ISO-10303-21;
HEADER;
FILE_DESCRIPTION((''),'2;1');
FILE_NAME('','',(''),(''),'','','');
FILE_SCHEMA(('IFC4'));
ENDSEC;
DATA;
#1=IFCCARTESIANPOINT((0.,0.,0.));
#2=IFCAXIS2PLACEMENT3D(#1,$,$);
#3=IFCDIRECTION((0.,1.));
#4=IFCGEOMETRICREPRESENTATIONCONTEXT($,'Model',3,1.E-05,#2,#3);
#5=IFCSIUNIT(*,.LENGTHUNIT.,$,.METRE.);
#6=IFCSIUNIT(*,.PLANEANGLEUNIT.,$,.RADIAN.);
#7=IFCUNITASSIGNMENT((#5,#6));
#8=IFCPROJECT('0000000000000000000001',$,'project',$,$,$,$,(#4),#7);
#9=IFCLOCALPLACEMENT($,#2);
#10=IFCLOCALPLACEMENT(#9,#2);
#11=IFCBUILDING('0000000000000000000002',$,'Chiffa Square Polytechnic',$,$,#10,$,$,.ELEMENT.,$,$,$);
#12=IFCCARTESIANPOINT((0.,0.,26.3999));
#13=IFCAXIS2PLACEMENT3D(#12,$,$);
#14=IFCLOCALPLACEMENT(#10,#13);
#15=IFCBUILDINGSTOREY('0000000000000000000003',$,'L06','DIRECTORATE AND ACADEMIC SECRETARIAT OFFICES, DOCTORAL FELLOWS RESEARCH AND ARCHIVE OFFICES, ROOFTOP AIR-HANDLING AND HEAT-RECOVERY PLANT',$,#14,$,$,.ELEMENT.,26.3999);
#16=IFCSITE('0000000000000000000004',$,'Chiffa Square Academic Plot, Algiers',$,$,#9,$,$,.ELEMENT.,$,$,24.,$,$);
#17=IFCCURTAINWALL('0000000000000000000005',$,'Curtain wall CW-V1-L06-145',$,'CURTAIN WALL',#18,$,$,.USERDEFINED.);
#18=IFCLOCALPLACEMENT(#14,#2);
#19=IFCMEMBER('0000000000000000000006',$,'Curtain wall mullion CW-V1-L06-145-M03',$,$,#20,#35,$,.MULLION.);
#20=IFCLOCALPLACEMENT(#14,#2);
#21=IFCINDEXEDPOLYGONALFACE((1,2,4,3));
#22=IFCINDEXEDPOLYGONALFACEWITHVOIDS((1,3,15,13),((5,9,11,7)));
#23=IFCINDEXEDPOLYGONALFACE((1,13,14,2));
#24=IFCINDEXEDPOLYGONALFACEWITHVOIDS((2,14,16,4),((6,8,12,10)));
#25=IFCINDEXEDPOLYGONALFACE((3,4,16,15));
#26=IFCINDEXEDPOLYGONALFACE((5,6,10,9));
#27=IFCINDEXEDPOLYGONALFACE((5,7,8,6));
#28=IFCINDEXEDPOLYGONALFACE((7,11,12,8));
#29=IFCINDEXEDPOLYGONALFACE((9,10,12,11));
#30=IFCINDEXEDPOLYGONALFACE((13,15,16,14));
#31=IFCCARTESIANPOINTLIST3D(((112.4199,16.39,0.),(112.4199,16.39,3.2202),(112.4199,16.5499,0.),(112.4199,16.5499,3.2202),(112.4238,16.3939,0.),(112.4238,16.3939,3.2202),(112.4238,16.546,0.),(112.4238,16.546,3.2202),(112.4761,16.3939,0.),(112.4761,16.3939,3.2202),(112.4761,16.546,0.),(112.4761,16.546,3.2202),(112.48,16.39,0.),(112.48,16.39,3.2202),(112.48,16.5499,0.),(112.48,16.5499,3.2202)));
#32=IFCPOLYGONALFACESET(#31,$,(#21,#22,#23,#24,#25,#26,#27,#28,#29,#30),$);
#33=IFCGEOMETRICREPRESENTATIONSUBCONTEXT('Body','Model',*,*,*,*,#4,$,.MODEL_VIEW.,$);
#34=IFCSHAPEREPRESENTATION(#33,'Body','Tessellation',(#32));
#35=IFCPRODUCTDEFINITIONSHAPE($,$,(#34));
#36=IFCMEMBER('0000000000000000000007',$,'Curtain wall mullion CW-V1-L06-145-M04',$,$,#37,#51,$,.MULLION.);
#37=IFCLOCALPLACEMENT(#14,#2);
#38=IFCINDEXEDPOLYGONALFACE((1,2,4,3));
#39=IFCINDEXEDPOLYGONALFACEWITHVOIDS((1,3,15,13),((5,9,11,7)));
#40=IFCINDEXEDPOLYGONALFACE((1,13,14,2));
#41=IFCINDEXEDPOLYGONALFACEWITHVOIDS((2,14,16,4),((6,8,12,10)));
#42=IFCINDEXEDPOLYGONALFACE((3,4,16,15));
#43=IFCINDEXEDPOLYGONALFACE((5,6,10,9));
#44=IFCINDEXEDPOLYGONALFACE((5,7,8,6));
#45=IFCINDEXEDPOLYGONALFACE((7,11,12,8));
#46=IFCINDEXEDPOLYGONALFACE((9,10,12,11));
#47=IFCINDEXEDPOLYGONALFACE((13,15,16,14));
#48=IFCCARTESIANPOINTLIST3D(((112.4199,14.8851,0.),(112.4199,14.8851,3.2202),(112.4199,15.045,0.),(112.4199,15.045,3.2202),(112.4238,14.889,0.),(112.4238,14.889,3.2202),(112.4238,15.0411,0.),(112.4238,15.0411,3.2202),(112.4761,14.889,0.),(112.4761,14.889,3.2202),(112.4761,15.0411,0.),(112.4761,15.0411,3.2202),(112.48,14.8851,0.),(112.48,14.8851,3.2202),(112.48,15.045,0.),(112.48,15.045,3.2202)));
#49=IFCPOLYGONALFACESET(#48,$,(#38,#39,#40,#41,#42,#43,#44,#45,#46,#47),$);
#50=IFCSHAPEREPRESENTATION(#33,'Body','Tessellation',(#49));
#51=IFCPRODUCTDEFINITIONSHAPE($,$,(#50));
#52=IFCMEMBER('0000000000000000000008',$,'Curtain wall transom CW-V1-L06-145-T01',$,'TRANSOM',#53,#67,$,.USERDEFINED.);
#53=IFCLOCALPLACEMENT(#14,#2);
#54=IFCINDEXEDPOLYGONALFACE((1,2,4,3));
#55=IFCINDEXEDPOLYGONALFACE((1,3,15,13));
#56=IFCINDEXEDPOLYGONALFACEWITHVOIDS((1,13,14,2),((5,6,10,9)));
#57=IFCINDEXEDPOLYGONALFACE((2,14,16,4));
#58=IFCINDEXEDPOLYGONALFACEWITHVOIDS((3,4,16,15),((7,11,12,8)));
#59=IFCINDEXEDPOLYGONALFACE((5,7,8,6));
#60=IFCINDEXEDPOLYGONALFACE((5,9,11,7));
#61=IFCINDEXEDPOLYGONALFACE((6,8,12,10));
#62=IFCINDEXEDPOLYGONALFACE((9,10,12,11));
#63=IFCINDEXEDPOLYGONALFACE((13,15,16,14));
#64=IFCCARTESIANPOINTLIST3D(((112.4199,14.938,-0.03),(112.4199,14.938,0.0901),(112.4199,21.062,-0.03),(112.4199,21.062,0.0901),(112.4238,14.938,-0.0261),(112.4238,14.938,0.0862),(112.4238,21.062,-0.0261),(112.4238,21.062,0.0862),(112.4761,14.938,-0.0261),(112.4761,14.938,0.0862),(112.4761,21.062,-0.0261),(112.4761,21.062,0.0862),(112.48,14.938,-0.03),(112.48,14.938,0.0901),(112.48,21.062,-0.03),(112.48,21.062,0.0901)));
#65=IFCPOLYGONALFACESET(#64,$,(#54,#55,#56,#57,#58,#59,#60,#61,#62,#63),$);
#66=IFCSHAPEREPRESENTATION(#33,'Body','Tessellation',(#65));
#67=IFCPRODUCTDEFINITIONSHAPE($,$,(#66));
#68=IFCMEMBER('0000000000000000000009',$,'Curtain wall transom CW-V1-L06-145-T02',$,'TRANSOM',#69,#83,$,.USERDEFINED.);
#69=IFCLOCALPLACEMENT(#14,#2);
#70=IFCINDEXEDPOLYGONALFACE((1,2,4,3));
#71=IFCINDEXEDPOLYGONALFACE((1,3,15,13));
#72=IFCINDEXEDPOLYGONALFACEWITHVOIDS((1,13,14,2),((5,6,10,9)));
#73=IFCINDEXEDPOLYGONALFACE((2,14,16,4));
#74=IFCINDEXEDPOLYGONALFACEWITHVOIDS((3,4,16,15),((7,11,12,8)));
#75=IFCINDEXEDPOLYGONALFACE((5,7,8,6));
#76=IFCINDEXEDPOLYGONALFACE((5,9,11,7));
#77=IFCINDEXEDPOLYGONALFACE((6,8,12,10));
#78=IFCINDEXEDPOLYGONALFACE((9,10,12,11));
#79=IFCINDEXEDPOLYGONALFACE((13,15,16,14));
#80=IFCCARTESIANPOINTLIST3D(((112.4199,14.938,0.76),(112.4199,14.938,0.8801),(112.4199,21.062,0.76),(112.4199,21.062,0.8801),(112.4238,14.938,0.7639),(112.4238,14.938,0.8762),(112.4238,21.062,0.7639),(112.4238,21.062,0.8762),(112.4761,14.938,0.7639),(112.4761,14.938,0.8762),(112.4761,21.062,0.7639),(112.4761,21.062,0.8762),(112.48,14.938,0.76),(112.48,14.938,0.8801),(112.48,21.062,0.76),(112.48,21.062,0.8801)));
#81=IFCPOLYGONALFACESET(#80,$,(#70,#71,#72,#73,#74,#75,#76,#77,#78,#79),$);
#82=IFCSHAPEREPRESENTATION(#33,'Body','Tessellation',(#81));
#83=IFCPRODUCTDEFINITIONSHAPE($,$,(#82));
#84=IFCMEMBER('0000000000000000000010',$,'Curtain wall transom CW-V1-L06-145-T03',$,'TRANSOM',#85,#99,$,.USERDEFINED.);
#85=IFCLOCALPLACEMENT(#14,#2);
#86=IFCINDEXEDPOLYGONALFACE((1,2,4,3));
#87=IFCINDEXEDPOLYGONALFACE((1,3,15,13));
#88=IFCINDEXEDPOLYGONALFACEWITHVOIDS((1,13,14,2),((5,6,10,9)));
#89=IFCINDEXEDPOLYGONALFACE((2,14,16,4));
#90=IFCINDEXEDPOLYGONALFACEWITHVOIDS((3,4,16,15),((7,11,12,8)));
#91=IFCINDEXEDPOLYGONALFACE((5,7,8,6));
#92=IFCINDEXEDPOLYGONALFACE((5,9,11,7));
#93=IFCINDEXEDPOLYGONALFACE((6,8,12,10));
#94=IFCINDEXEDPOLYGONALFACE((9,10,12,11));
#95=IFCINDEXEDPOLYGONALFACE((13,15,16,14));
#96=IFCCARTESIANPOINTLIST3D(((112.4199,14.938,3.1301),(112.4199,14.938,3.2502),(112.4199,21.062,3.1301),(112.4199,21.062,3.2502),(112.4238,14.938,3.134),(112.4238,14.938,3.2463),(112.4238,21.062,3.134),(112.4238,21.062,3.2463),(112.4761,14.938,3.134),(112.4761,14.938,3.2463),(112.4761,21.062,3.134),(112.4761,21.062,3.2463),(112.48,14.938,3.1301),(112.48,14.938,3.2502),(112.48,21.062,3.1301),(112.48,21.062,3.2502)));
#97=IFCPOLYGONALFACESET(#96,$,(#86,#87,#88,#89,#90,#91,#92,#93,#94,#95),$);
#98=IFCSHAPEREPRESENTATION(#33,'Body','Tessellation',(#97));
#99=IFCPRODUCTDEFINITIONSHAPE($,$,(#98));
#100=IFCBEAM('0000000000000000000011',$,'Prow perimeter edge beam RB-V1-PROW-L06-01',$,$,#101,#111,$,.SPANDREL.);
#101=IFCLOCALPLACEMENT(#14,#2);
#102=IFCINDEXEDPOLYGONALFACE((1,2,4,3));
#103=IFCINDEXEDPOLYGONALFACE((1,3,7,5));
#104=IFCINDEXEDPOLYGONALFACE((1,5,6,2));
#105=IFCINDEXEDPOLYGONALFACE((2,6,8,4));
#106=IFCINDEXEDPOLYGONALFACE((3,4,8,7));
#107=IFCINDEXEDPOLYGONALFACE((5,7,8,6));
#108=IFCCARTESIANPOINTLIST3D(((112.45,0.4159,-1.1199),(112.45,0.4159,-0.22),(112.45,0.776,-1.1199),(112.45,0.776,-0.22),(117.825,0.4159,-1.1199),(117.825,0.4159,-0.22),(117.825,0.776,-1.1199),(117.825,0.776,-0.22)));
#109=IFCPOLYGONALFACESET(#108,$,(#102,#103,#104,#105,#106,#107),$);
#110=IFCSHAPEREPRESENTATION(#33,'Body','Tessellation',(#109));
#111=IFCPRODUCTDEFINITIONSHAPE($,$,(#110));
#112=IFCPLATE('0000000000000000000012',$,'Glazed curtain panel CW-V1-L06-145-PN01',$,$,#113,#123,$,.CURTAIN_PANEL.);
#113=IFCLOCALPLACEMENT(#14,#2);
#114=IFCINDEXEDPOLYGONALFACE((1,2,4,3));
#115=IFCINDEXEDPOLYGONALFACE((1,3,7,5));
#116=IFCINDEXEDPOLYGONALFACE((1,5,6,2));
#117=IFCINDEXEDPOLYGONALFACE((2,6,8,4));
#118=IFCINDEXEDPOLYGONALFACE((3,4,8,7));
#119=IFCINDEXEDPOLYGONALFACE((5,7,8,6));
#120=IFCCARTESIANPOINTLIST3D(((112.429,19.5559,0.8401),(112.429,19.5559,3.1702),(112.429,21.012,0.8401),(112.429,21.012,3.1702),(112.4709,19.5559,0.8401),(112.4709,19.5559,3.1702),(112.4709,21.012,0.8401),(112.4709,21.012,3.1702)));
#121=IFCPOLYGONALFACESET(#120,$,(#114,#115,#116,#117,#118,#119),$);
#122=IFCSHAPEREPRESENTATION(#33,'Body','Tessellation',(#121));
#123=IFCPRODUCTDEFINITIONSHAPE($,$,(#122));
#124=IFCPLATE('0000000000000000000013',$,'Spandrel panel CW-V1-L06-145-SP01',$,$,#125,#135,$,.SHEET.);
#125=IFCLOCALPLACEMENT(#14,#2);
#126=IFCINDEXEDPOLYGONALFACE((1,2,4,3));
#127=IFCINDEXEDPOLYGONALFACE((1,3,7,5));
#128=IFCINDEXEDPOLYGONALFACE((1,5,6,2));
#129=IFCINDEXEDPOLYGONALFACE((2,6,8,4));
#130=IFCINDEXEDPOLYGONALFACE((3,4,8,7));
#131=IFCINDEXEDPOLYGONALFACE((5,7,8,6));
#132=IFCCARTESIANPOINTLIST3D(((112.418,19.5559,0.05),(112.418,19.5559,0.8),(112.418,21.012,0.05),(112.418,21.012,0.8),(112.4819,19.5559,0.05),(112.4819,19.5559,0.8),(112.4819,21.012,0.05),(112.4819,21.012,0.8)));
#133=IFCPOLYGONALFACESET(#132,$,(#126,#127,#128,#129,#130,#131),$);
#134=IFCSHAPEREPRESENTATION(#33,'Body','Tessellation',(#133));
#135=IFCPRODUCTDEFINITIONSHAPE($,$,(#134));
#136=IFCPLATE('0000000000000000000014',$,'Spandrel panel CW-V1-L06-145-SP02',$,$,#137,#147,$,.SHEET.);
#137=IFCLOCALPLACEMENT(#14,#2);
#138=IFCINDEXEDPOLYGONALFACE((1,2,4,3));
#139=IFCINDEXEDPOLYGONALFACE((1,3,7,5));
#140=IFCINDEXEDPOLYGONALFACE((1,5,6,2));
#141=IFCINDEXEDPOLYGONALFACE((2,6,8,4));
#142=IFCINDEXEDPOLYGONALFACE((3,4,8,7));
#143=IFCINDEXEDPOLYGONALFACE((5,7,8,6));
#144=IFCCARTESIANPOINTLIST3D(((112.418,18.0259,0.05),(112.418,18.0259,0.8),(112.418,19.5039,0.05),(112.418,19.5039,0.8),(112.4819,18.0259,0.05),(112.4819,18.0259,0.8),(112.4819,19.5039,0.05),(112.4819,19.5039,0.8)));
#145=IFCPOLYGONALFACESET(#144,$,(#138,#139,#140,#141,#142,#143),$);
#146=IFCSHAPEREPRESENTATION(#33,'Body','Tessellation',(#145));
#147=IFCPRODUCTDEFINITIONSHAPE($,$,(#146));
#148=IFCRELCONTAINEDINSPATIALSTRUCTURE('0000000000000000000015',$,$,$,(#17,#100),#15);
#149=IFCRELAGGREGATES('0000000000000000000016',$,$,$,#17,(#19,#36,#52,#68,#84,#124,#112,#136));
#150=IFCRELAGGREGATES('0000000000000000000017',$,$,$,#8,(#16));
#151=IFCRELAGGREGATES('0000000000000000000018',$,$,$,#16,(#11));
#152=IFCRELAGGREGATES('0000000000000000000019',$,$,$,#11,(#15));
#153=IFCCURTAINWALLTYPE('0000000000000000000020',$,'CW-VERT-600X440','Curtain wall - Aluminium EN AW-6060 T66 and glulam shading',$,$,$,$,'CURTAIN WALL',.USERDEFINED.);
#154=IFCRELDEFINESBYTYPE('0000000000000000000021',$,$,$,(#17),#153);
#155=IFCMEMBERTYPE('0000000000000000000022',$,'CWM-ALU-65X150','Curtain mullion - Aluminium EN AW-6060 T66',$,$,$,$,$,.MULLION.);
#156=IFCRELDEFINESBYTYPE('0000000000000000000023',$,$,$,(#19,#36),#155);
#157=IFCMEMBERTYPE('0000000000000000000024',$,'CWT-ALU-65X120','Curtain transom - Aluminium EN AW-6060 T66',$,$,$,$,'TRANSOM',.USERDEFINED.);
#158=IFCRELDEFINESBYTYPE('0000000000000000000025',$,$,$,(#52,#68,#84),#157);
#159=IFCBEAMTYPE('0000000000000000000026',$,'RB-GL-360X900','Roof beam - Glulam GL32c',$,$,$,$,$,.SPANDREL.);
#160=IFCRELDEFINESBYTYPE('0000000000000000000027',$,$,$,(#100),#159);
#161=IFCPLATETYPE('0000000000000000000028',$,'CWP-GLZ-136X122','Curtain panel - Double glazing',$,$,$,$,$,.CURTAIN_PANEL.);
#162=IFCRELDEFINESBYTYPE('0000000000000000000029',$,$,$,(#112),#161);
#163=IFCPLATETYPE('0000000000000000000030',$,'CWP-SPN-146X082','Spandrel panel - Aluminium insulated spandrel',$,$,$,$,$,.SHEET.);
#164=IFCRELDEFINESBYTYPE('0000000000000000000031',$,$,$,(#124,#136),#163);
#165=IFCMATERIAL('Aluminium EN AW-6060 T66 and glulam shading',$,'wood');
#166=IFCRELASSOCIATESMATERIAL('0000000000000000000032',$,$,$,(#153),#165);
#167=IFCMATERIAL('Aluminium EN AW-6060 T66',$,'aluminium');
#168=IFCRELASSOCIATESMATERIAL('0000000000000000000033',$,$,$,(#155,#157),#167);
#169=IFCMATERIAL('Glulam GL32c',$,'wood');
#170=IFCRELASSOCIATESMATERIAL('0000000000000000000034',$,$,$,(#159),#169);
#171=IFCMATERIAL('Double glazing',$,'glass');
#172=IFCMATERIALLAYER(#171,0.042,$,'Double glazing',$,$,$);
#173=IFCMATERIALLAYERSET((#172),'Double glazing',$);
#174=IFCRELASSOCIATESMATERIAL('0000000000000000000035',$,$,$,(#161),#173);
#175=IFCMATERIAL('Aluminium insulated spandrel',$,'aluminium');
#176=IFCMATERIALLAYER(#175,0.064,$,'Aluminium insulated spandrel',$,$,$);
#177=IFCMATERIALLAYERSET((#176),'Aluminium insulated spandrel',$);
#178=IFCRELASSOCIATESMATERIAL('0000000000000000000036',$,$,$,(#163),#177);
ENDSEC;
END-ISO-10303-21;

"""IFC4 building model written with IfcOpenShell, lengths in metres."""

from ifc_helpers import new_model, si_unit, direction, frame, origin, origin_2d, place, context, subcontext, project, spatial, rectangle, hollow_rectangle, extrude, material, layer, layer_set, material_profile, profile_set, type_object, element, aggregate, save


model = new_model("IFC4")

# Units and contexts
model_context = context("Model", 3, precision=1e-05, world=origin(), true_north=direction((0.0, 1.0)))
body_context = subcontext(model_context, "Body", "Model", "MODEL_VIEW")
ifc_project = project(units=[si_unit("LENGTHUNIT", "METRE"), si_unit("PLANEANGLEUNIT", "RADIAN")], contexts=[model_context])

# Site, building, storey
site_placement = place(None, origin())
site = spatial("IfcSite", under=ifc_project, at=site_placement, Name="Chiffa Square Academic Plot, Algiers", CompositionType="ELEMENT", RefElevation=24.0)
building_placement = place(site_placement, origin())
building = spatial("IfcBuilding", under=site, at=building_placement, Name="Chiffa Square Polytechnic", CompositionType="ELEMENT")
storey_placement = place(building_placement, frame((0.0, 0.0, 26.3999)))
storey = spatial("IfcBuildingStorey", under=building, at=storey_placement, Name="L06", Description="DIRECTORATE AND ACADEMIC SECRETARIAT OFFICES, DOCTORAL FELLOWS RESEARCH AND ARCHIVE OFFICES, ROOFTOP AIR-HANDLING AND HEAT-RECOVERY PLANT", CompositionType="ELEMENT", Elevation=26.3999)

# Shared definitions
ifc_material_1 = material(Name="Glulam GL32c", Category="wood")

# Curtain wall, members
ifc_material_2 = material(Name="Aluminium EN AW-6060 T66 and glulam shading", Category="wood")
curtain_wall_type = type_object("IfcCurtainWallType", Name="CW-VERT-600X440", Description="Curtain wall - Aluminium EN AW-6060 T66 and glulam shading", ElementType="CURTAIN WALL", PredefinedType="USERDEFINED", material=ifc_material_2)
curtain_wall_placement = place(storey_placement, origin())
curtain_wall = element("IfcCurtainWall", 1, at=curtain_wall_placement, inside=storey, type_object=curtain_wall_type, Name="Curtain wall CW-V1-L06-145", ObjectType="CURTAIN WALL", PredefinedType="USERDEFINED")
ifc_material_3 = material(Name="Aluminium EN AW-6060 T66", Category="aluminium")
ifc_material_profile_1 = material_profile(ifc_material_3, hollow_rectangle(XDim=0.0601, YDim=0.1599, WallThickness=0.0039, at=origin_2d()), Name="ALU 60x160x4")
ifc_profile_set_1 = profile_set([ifc_material_profile_1], Name="Aluminium EN AW-6060 T66")
member_type_1 = type_object("IfcMemberType", Name="CWM-ALU-65X150", Description="Curtain mullion - Aluminium EN AW-6060 T66", PredefinedType="MULLION", material=ifc_profile_set_1)
member_1_placement = place(storey_placement, frame((112.45, 16.47, 0.0), z_axis=(0.0, 0.0, 1.0), x_axis=(1.0, 0.0, 0.0)))
member_1 = element("IfcMember", 2, at=member_1_placement, type_object=member_type_1, Name="Curtain wall mullion CW-V1-L06-145-M03", PredefinedType="MULLION", context=body_context, shape_type="SweptSolid", body=[
    extrude(hollow_rectangle(XDim=0.0601, YDim=0.1599, WallThickness=0.0039, at=origin_2d()), origin(), (0.0, 0.0, 1.0), 3.2202),
])
member_2_placement = place(storey_placement, frame((112.45, 14.9651, 0.0), z_axis=(0.0, 0.0, 1.0), x_axis=(1.0, 0.0, 0.0)))
member_2 = element("IfcMember", 3, at=member_2_placement, type_object=member_type_1, Name="Curtain wall mullion CW-V1-L06-145-M04", PredefinedType="MULLION", context=body_context, shape_type="SweptSolid", body=[
    extrude(hollow_rectangle(XDim=0.0601, YDim=0.1599, WallThickness=0.0039, at=origin_2d()), origin(), (0.0, 0.0, 1.0), 3.2202),
])
ifc_material_profile_2 = material_profile(ifc_material_3, hollow_rectangle(XDim=0.0601, YDim=0.1201, WallThickness=0.0039, at=origin_2d()), Name="ALU 60x120x4")
ifc_profile_set_2 = profile_set([ifc_material_profile_2], Name="Aluminium EN AW-6060 T66")
member_type_2 = type_object("IfcMemberType", Name="CWT-ALU-65X120", Description="Curtain transom - Aluminium EN AW-6060 T66", ElementType="TRANSOM", PredefinedType="USERDEFINED", material=ifc_profile_set_2)
member_3_placement = place(storey_placement, frame((112.45, 21.062, 0.03), z_axis=(0.0, -1.0, 0.0), x_axis=(1.0, 0.0, 0.0)))
member_3 = element("IfcMember", 4, at=member_3_placement, type_object=member_type_2, Name="Curtain wall transom CW-V1-L06-145-T01", ObjectType="TRANSOM", PredefinedType="USERDEFINED", context=body_context, shape_type="SweptSolid", body=[
    extrude(hollow_rectangle(XDim=0.0601, YDim=0.1201, WallThickness=0.0039, at=origin_2d()), origin(), (0.0, 0.0, 1.0), 6.124),
])
member_4_placement = place(storey_placement, frame((112.45, 21.062, 0.8201), z_axis=(0.0, -1.0, 0.0), x_axis=(1.0, 0.0, 0.0)))
member_4 = element("IfcMember", 5, at=member_4_placement, type_object=member_type_2, Name="Curtain wall transom CW-V1-L06-145-T02", ObjectType="TRANSOM", PredefinedType="USERDEFINED", context=body_context, shape_type="SweptSolid", body=[
    extrude(hollow_rectangle(XDim=0.0601, YDim=0.1201, WallThickness=0.0039, at=origin_2d()), origin(), (0.0, 0.0, 1.0), 6.124),
])
member_5_placement = place(storey_placement, frame((112.45, 21.062, 3.1902), z_axis=(0.0, -1.0, 0.0), x_axis=(1.0, 0.0, 0.0)))
member_5 = element("IfcMember", 6, at=member_5_placement, type_object=member_type_2, Name="Curtain wall transom CW-V1-L06-145-T03", ObjectType="TRANSOM", PredefinedType="USERDEFINED", context=body_context, shape_type="SweptSolid", body=[
    extrude(hollow_rectangle(XDim=0.0601, YDim=0.1201, WallThickness=0.0039, at=origin_2d()), origin(), (0.0, 0.0, 1.0), 6.124),
])

# Beam
ifc_material_profile_3 = material_profile(ifc_material_1, rectangle(XDim=0.3601, YDim=0.8999, at=origin_2d()), Name="GL32c 360x900")
ifc_profile_set_3 = profile_set([ifc_material_profile_3], Name="Glulam GL32c")
beam_type_1 = type_object("IfcBeamType", Name="RB-GL-360X900", Description="Roof beam - Glulam GL32c", PredefinedType="SPANDREL", material=ifc_profile_set_3)
beam_1_placement = place(storey_placement, frame((112.45, 0.5959, -0.6699), z_axis=(1.0, 0.0, 0.0), x_axis=(0.0, 1.0, 0.0)))
element("IfcBeam", 7, at=beam_1_placement, inside=storey, type_object=beam_type_1, Name="Prow perimeter edge beam RB-V1-PROW-L06-01", PredefinedType="SPANDREL", context=body_context, shape_type="SweptSolid", body=[
    extrude(rectangle(XDim=0.3601, YDim=0.8999, at=origin_2d()), origin(), (0.0, 0.0, 1.0), 5.375),
])

# Plates
ifc_material_4 = material(Name="Double glazing", Category="glass")
ifc_layer_1 = layer(ifc_material_4, 0.042, Name="Double glazing")
ifc_layer_set_1 = layer_set([ifc_layer_1], Name="Double glazing")
plate_type_1 = type_object("IfcPlateType", Name="CWP-GLZ-136X122", Description="Curtain panel - Double glazing", PredefinedType="CURTAIN_PANEL", material=ifc_layer_set_1)
plate_1_placement = place(storey_placement, frame((112.45, 20.2839, 0.8401), z_axis=(0.0, 0.0, 1.0), x_axis=(0.0, -1.0, 0.0)))
plate_1 = element("IfcPlate", 8, at=plate_1_placement, type_object=plate_type_1, Name="Glazed curtain panel CW-V1-L06-145-PN01", PredefinedType="CURTAIN_PANEL", context=body_context, shape_type="SweptSolid", body=[
    extrude(rectangle(XDim=1.4561, YDim=0.042, at=origin_2d()), origin(), (0.0, 0.0, 1.0), 2.3301),
])
ifc_material_5 = material(Name="Aluminium insulated spandrel", Category="aluminium")
ifc_layer_2 = layer(ifc_material_5, 0.064, Name="Aluminium insulated spandrel")
ifc_layer_set_2 = layer_set([ifc_layer_2], Name="Aluminium insulated spandrel")
plate_type_2 = type_object("IfcPlateType", Name="CWP-SPN-146X082", Description="Spandrel panel - Aluminium insulated spandrel", PredefinedType="SHEET", material=ifc_layer_set_2)
plate_2_placement = place(storey_placement, frame((112.45, 20.2839, 0.05), z_axis=(0.0, 0.0, 1.0), x_axis=(0.0, -1.0, 0.0)))
plate_2 = element("IfcPlate", 9, at=plate_2_placement, type_object=plate_type_2, Name="Spandrel panel CW-V1-L06-145-SP01", PredefinedType="SHEET", context=body_context, shape_type="SweptSolid", body=[
    extrude(rectangle(XDim=1.4561, YDim=0.064, at=origin_2d()), origin(), (0.0, 0.0, 1.0), 0.75),
])
plate_3_placement = place(storey_placement, frame((112.45, 18.7649, 0.05), z_axis=(0.0, 0.0, 1.0), x_axis=(0.0, -1.0, 0.0)))
plate_3 = element("IfcPlate", 10, at=plate_3_placement, type_object=plate_type_2, Name="Spandrel panel CW-V1-L06-145-SP02", PredefinedType="SHEET", context=body_context, shape_type="SweptSolid", body=[
    extrude(rectangle(XDim=1.478, YDim=0.064, at=origin_2d()), origin(), (0.0, 0.0, 1.0), 0.75),
])
aggregate(curtain_wall, [member_1, member_2, member_3, member_4, member_5, plate_2, plate_1, plate_3])

save(model, "model.ifc")
